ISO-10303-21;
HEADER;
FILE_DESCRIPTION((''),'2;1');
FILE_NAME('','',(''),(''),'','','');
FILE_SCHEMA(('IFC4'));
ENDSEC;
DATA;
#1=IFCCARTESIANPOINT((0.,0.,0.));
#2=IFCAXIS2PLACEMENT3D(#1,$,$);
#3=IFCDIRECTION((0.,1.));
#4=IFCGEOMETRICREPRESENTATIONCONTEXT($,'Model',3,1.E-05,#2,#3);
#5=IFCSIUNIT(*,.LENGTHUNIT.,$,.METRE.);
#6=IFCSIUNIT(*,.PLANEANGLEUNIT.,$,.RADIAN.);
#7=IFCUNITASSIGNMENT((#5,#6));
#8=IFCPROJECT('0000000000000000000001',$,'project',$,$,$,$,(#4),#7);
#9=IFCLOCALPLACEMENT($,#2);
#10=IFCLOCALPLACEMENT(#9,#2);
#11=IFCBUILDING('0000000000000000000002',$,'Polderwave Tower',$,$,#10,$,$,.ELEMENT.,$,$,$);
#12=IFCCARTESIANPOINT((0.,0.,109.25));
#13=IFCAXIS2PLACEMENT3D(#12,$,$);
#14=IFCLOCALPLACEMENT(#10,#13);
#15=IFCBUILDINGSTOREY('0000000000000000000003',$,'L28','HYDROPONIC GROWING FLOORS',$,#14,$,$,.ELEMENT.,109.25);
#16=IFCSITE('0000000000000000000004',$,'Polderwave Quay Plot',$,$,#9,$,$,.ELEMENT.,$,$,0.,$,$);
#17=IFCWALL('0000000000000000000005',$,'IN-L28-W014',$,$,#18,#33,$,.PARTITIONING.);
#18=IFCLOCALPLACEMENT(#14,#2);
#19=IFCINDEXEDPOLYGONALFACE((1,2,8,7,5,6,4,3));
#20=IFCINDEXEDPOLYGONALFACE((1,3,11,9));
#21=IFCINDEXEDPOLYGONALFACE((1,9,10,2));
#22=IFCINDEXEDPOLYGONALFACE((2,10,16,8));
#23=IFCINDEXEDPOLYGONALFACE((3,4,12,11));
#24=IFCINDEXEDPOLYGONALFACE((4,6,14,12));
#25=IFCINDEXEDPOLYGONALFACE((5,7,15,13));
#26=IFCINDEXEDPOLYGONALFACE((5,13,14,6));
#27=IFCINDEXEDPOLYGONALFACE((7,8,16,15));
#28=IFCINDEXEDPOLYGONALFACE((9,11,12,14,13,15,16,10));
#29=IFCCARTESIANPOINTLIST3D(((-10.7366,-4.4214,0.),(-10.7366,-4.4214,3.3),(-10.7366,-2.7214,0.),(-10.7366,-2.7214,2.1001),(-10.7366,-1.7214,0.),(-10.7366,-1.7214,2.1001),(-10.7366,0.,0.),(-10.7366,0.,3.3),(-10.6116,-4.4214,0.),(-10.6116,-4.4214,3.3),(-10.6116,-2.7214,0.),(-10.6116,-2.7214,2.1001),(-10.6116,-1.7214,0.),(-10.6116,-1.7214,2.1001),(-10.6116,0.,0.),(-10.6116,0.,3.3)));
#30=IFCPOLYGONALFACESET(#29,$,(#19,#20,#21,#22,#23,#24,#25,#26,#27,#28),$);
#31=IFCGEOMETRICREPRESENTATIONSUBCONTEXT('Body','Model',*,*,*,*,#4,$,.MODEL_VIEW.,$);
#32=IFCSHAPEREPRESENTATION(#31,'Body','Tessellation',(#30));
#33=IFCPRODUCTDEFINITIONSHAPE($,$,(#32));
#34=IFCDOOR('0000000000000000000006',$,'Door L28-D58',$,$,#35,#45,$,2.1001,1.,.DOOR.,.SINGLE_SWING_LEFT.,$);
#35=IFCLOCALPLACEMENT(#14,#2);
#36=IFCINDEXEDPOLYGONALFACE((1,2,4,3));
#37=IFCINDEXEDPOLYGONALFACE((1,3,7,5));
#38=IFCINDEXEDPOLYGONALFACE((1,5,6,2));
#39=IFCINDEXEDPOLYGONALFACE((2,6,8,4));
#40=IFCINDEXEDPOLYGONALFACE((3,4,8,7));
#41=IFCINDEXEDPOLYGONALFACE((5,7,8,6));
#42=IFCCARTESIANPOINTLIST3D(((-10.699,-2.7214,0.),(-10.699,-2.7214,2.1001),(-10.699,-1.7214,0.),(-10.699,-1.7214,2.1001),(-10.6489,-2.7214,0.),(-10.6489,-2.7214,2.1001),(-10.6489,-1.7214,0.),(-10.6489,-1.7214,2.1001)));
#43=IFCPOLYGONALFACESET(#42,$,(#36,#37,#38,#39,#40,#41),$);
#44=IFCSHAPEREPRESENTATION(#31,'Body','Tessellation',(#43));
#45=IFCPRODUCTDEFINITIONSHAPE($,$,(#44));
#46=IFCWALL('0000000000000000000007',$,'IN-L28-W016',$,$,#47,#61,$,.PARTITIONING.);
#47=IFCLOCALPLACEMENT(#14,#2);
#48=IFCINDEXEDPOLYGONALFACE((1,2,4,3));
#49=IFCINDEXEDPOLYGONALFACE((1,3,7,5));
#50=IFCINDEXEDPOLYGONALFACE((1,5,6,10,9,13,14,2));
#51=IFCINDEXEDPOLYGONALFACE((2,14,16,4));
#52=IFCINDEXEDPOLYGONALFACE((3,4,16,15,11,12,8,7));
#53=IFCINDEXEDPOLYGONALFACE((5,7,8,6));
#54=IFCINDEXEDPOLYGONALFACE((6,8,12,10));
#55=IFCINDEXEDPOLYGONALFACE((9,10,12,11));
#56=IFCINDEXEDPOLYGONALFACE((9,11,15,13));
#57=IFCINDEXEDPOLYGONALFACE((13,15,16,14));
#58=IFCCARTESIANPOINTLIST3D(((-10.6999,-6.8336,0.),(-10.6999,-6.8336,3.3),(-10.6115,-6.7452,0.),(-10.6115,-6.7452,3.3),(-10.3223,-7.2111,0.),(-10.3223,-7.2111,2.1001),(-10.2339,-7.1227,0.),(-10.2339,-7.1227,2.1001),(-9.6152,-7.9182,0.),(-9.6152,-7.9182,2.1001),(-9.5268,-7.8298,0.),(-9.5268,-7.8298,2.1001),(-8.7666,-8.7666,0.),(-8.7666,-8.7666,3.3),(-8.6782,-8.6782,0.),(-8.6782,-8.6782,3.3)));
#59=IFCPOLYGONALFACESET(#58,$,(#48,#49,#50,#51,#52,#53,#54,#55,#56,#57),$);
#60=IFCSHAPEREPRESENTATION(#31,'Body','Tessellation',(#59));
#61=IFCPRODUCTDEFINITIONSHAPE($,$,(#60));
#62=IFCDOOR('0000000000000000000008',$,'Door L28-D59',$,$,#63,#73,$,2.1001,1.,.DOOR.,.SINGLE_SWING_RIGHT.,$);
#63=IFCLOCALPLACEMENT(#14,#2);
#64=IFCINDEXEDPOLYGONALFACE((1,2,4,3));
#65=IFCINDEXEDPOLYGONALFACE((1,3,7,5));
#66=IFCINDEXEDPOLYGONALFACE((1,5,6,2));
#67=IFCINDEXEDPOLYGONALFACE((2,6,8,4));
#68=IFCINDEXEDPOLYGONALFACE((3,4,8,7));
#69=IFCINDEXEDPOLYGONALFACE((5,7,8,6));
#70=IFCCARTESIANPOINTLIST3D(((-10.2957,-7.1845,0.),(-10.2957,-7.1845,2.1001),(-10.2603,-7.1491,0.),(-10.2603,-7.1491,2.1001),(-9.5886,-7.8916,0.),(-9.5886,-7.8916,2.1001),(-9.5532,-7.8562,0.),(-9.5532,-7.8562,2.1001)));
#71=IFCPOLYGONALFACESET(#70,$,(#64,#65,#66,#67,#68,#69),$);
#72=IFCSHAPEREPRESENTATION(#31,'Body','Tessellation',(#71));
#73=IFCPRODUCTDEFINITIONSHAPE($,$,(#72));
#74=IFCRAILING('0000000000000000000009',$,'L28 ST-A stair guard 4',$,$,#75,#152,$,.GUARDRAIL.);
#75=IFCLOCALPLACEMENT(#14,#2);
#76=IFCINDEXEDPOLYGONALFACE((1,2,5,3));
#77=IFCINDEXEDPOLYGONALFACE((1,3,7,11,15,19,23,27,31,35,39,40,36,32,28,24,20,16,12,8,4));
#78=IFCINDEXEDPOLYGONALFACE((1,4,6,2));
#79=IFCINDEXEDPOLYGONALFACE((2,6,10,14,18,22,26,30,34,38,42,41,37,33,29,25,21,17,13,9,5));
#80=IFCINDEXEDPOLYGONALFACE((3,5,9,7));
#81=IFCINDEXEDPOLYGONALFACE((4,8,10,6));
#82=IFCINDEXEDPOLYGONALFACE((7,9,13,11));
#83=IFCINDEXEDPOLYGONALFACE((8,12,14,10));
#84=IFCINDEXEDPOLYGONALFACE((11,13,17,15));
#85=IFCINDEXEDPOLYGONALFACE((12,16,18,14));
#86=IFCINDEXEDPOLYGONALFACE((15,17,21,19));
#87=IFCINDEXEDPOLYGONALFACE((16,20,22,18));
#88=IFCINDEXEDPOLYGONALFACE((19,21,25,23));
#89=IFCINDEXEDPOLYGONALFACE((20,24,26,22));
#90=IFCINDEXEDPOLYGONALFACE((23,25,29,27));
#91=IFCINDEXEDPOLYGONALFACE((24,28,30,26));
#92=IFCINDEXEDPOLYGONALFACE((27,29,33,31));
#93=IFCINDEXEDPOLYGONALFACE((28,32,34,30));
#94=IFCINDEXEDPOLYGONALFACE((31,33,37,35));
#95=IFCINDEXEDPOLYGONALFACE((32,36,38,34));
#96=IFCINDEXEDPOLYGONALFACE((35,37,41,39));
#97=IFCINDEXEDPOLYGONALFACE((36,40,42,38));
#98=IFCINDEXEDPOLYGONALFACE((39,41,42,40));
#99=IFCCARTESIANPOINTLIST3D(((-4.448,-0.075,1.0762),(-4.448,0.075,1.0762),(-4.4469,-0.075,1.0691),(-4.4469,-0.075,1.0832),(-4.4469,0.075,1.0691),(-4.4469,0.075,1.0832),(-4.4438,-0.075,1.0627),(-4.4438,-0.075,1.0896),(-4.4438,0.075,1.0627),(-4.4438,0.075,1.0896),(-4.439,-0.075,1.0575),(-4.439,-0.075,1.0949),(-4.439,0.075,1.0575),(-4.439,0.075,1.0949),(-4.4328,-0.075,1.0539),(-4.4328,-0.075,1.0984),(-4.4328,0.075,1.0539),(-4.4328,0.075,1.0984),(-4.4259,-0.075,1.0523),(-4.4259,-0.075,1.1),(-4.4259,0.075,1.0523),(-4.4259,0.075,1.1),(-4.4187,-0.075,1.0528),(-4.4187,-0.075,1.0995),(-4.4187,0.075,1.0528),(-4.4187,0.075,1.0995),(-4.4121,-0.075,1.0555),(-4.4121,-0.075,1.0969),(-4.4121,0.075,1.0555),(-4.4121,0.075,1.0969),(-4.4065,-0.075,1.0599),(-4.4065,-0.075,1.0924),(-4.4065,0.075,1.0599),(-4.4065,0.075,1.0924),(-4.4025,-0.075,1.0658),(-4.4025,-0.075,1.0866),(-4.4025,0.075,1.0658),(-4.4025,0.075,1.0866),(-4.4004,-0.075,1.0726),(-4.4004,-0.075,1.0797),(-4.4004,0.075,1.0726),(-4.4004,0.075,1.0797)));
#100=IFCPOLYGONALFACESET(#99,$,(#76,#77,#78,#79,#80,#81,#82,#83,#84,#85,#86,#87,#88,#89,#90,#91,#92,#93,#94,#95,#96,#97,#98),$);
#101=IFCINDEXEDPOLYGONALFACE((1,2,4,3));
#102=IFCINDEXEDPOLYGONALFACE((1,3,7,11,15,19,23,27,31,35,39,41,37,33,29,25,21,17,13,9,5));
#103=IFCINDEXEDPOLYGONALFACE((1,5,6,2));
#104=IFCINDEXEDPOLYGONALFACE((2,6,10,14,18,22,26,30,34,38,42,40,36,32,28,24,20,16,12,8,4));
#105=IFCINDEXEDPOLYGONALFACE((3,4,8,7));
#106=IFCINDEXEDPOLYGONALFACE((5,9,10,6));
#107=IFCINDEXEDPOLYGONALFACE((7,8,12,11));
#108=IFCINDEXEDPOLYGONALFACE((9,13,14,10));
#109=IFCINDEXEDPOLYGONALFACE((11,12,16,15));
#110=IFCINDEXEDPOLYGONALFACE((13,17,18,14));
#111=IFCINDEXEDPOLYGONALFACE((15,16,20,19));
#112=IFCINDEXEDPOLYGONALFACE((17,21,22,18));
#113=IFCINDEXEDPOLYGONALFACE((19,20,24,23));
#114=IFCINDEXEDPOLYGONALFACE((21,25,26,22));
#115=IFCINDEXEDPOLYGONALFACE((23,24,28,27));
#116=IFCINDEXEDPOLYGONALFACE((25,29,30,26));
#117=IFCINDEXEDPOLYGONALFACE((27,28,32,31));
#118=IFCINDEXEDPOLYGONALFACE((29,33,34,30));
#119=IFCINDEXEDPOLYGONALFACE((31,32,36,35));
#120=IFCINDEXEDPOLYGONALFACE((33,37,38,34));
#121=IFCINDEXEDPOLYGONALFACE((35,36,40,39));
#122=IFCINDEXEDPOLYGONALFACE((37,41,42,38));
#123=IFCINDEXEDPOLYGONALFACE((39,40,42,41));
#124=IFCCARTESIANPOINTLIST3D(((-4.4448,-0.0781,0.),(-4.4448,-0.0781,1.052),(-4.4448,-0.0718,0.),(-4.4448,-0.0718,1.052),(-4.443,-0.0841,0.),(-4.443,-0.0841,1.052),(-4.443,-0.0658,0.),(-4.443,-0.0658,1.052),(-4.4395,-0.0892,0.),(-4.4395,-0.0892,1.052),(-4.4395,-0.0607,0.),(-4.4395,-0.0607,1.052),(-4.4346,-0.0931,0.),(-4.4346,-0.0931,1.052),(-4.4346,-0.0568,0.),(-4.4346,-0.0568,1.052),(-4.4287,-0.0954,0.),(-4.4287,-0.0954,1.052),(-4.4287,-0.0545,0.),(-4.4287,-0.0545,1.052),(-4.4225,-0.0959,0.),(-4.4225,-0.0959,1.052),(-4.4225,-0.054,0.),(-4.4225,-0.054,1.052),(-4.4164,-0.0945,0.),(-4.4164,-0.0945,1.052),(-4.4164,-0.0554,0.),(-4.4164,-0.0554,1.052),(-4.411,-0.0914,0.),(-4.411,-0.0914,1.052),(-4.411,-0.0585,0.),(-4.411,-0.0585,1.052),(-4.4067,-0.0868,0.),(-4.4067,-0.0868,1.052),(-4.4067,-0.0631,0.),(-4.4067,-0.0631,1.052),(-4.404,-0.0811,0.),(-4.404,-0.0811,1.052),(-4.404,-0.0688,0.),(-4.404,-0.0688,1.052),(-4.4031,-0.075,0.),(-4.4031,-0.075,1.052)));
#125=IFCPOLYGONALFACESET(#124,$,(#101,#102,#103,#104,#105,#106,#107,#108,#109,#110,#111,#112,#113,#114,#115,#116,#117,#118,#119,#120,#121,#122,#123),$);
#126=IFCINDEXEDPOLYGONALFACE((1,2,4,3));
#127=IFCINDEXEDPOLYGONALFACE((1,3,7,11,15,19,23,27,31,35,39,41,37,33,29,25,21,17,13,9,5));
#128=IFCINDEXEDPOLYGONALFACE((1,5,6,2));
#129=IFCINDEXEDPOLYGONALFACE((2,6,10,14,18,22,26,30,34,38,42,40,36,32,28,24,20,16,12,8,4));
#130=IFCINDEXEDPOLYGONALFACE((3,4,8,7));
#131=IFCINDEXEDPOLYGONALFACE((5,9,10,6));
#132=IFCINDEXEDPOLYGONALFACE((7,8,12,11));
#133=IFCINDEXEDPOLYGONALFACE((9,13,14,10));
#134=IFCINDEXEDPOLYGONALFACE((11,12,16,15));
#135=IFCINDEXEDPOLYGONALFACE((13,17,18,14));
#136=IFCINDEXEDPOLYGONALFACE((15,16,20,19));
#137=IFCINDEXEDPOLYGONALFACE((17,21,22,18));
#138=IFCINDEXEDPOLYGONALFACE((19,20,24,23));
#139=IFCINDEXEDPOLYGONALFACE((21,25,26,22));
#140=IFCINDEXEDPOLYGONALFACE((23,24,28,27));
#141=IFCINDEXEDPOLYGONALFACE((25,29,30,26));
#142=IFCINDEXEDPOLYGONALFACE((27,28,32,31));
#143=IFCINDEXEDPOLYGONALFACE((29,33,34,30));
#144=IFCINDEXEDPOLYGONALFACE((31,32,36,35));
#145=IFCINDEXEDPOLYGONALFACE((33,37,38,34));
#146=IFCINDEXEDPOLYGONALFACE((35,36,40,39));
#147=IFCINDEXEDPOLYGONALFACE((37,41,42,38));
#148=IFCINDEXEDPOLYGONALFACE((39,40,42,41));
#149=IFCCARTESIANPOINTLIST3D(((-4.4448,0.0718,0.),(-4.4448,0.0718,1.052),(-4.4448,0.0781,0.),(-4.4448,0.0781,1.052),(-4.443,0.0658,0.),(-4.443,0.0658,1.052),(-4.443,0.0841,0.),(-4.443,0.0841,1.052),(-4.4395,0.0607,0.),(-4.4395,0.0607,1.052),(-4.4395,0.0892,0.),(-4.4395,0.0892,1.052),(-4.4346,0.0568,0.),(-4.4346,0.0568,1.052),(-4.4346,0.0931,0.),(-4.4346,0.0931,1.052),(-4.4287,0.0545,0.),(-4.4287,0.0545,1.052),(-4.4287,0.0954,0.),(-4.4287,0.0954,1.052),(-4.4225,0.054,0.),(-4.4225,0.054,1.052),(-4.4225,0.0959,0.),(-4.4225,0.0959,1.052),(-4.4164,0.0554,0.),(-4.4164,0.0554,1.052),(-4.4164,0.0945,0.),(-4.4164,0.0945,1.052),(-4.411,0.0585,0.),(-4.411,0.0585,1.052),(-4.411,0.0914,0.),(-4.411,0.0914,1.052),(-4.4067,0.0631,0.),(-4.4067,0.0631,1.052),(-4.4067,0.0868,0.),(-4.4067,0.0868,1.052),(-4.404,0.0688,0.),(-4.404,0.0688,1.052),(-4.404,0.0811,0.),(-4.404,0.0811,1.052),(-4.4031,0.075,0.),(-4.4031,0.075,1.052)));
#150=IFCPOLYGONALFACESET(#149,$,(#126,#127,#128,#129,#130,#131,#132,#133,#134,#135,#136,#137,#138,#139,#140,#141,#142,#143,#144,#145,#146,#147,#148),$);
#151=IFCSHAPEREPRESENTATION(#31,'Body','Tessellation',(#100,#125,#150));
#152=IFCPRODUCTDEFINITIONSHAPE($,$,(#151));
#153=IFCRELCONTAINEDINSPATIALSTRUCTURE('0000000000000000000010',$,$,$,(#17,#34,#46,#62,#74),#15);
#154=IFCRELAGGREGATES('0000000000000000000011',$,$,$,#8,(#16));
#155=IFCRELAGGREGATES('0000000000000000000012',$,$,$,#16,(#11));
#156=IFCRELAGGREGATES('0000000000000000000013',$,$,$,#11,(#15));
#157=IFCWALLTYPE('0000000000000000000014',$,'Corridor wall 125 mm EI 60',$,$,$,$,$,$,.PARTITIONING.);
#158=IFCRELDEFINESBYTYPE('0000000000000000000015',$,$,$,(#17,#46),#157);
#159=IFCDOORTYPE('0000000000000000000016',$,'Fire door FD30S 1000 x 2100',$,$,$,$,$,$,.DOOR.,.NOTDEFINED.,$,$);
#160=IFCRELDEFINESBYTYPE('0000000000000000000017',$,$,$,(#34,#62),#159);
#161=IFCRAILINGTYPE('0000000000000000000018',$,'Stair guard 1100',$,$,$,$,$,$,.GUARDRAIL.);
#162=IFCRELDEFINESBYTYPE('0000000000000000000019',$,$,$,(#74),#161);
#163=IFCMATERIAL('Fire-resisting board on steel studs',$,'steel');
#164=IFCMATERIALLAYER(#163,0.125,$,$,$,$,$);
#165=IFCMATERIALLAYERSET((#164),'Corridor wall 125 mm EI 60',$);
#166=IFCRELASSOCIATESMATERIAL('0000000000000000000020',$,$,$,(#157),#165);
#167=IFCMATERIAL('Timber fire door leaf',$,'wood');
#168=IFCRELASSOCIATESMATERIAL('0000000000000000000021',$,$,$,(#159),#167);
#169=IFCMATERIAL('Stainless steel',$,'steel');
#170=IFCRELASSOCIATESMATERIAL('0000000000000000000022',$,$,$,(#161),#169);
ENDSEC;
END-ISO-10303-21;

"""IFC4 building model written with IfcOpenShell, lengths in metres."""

from ifc_helpers import new_model, si_unit, direction, frame, frame_2d, origin, origin_2d, place, context, subcontext, project, spatial, rectangle, circle, extrude, material, layer, layer_set, type_object, element, fill, save


model = new_model("IFC4")

# Units and contexts
model_context = context("Model", 3, precision=1e-05, world=origin(), true_north=direction((0.0, 1.0)))
body_context = subcontext(model_context, "Body", "Model", "MODEL_VIEW")
ifc_project = project(units=[si_unit("LENGTHUNIT", "METRE"), si_unit("PLANEANGLEUNIT", "RADIAN")], contexts=[model_context])

# Site, building, storey
site_placement = place(None, origin())
site = spatial("IfcSite", under=ifc_project, at=site_placement, Name="Polderwave Quay Plot", CompositionType="ELEMENT", RefElevation=0.0)
building_placement = place(site_placement, origin())
building = spatial("IfcBuilding", under=site, at=building_placement, Name="Polderwave Tower", CompositionType="ELEMENT")
storey_placement = place(building_placement, frame((0.0, 0.0, 109.25)))
storey = spatial("IfcBuildingStorey", under=building, at=storey_placement, Name="L28", Description="HYDROPONIC GROWING FLOORS", CompositionType="ELEMENT", Elevation=109.25)

# Shared definitions
ifc_material_1 = material(Name="Stainless steel", Category="steel")

# Walls, openings, doors
ifc_material_2 = material(Name="Fire-resisting board on steel studs", Category="steel")
ifc_layer_1 = layer(ifc_material_2, 0.125)
ifc_layer_set_1 = layer_set([ifc_layer_1], Name="Corridor wall 125 mm EI 60")
wall_type_1 = type_object("IfcWallType", Name="Corridor wall 125 mm EI 60", PredefinedType="PARTITIONING", material=ifc_layer_set_1)
wall_1_placement = place(storey_placement, frame((-10.6741, -4.4214, 0.0), z_axis=(0.0, 0.0, 1.0), x_axis=(0.0, 1.0, 0.0)))
wall_1 = element("IfcWall", 1, at=wall_1_placement, inside=storey, type_object=wall_type_1, Name="IN-L28-W014", PredefinedType="PARTITIONING", context=body_context, shape_type="SweptSolid", body=[
    extrude(rectangle(XDim=4.4214, YDim=0.125, at=frame_2d((2.2107, 0.0))), origin(), (0.0, 0.0, 1.0), 3.3),
])
opening_1_placement = place(wall_1_placement, frame((1.7, 0.0, 0.0)))
opening_1 = element("IfcOpeningElement", 2, at=opening_1_placement, cuts=wall_1, PredefinedType="OPENING", context=body_context, shape_type="SweptSolid", body=[
    extrude(rectangle(XDim=1.0, YDim=2.1001, at=frame_2d((0.5, 1.05))), frame((0.0, 0.0725, 0.0), z_axis=(0.0, -1.0, 0.0), x_axis=(1.0, 0.0, 0.0)), (0.0, 0.0, 1.0), 0.145),
])
ifc_material_3 = material(Name="Timber fire door leaf", Category="wood")
door_type_1 = type_object("IfcDoorType", Name="Fire door FD30S 1000 x 2100", OperationType="NOTDEFINED", PredefinedType="DOOR", material=ifc_material_3)
door_1_placement = place(opening_1_placement, origin())
door_1 = element("IfcDoor", 3, at=door_1_placement, inside=storey, type_object=door_type_1, Name="Door L28-D58", OperationType="SINGLE_SWING_LEFT", OverallHeight=2.1001, OverallWidth=1.0, PredefinedType="DOOR", context=body_context, shape_type="SweptSolid", body=[
    extrude(rectangle(XDim=1.0, YDim=2.1001, at=frame_2d((0.5, 1.05))), frame((0.0, 0.0249, 0.0), z_axis=(0.0, -1.0, 0.0), x_axis=(1.0, 0.0, 0.0)), (0.0, 0.0, 1.0), 0.05),
])
fill(opening_1, door_1)
wall_2_placement = place(storey_placement, frame((-8.7224, -8.7224, 0.0), z_axis=(0.0, 0.0, 1.0), x_axis=(-0.707151, 0.707062, 0.0)))
wall_2 = element("IfcWall", 4, at=wall_2_placement, inside=storey, type_object=wall_type_1, Name="IN-L28-W016", PredefinedType="PARTITIONING", context=body_context, shape_type="SweptSolid", body=[
    extrude(rectangle(XDim=2.7339, YDim=0.125, at=frame_2d((1.3669, 0.0))), origin(), (0.0, 0.0, 1.0), 3.3),
])
opening_2_placement = place(wall_2_placement, frame((1.2, 0.0, 0.0)))
opening_2 = element("IfcOpeningElement", 5, at=opening_2_placement, cuts=wall_2, PredefinedType="OPENING", context=body_context, shape_type="SweptSolid", body=[
    extrude(rectangle(XDim=1.0, YDim=2.1001, at=frame_2d((0.5, 1.05))), frame((0.0, 0.0725, 0.0), z_axis=(0.0, -1.0, 0.0), x_axis=(1.0, 0.0, 0.0)), (0.0, 0.0, 1.0), 0.145),
])
door_2_placement = place(opening_2_placement, origin())
door_2 = element("IfcDoor", 6, at=door_2_placement, inside=storey, type_object=door_type_1, Name="Door L28-D59", OperationType="SINGLE_SWING_RIGHT", OverallHeight=2.1001, OverallWidth=1.0, PredefinedType="DOOR", context=body_context, shape_type="SweptSolid", body=[
    extrude(rectangle(XDim=1.0, YDim=2.1001, at=frame_2d((0.5, 1.05))), frame((0.0, 0.0249, 0.0), z_axis=(0.0, -1.0, 0.0), x_axis=(1.0, 0.0, 0.0)), (0.0, 0.0, 1.0), 0.05),
])
fill(opening_2, door_2)

# Railing
railing_type = type_object("IfcRailingType", Name="Stair guard 1100", PredefinedType="GUARDRAIL", material=ifc_material_1)
railing_placement = place(storey_placement, frame((-4.4241, -0.075, 0.0)))
element("IfcRailing", 7, at=railing_placement, inside=storey, type_object=railing_type, Name="L28 ST-A stair guard 4", PredefinedType="GUARDRAIL", context=body_context, shape_type="SweptSolid", body=[
    extrude(circle(Radius=0.0239, at=origin_2d()), frame((0.0, 0.0, 1.0762), z_axis=(0.0, 1.0, 0.0), x_axis=(-1.0, 0.0, 0.0)), (0.0, 0.0, 1.0), 0.1499),
    extrude(circle(Radius=0.021, at=origin_2d()), origin(), (0.0, 0.0, 1.0), 1.052),
    extrude(circle(Radius=0.021, at=origin_2d()), frame((0.0, 0.1499, 0.0)), (0.0, 0.0, 1.0), 1.052),
])

save(model, "model.ifc")
